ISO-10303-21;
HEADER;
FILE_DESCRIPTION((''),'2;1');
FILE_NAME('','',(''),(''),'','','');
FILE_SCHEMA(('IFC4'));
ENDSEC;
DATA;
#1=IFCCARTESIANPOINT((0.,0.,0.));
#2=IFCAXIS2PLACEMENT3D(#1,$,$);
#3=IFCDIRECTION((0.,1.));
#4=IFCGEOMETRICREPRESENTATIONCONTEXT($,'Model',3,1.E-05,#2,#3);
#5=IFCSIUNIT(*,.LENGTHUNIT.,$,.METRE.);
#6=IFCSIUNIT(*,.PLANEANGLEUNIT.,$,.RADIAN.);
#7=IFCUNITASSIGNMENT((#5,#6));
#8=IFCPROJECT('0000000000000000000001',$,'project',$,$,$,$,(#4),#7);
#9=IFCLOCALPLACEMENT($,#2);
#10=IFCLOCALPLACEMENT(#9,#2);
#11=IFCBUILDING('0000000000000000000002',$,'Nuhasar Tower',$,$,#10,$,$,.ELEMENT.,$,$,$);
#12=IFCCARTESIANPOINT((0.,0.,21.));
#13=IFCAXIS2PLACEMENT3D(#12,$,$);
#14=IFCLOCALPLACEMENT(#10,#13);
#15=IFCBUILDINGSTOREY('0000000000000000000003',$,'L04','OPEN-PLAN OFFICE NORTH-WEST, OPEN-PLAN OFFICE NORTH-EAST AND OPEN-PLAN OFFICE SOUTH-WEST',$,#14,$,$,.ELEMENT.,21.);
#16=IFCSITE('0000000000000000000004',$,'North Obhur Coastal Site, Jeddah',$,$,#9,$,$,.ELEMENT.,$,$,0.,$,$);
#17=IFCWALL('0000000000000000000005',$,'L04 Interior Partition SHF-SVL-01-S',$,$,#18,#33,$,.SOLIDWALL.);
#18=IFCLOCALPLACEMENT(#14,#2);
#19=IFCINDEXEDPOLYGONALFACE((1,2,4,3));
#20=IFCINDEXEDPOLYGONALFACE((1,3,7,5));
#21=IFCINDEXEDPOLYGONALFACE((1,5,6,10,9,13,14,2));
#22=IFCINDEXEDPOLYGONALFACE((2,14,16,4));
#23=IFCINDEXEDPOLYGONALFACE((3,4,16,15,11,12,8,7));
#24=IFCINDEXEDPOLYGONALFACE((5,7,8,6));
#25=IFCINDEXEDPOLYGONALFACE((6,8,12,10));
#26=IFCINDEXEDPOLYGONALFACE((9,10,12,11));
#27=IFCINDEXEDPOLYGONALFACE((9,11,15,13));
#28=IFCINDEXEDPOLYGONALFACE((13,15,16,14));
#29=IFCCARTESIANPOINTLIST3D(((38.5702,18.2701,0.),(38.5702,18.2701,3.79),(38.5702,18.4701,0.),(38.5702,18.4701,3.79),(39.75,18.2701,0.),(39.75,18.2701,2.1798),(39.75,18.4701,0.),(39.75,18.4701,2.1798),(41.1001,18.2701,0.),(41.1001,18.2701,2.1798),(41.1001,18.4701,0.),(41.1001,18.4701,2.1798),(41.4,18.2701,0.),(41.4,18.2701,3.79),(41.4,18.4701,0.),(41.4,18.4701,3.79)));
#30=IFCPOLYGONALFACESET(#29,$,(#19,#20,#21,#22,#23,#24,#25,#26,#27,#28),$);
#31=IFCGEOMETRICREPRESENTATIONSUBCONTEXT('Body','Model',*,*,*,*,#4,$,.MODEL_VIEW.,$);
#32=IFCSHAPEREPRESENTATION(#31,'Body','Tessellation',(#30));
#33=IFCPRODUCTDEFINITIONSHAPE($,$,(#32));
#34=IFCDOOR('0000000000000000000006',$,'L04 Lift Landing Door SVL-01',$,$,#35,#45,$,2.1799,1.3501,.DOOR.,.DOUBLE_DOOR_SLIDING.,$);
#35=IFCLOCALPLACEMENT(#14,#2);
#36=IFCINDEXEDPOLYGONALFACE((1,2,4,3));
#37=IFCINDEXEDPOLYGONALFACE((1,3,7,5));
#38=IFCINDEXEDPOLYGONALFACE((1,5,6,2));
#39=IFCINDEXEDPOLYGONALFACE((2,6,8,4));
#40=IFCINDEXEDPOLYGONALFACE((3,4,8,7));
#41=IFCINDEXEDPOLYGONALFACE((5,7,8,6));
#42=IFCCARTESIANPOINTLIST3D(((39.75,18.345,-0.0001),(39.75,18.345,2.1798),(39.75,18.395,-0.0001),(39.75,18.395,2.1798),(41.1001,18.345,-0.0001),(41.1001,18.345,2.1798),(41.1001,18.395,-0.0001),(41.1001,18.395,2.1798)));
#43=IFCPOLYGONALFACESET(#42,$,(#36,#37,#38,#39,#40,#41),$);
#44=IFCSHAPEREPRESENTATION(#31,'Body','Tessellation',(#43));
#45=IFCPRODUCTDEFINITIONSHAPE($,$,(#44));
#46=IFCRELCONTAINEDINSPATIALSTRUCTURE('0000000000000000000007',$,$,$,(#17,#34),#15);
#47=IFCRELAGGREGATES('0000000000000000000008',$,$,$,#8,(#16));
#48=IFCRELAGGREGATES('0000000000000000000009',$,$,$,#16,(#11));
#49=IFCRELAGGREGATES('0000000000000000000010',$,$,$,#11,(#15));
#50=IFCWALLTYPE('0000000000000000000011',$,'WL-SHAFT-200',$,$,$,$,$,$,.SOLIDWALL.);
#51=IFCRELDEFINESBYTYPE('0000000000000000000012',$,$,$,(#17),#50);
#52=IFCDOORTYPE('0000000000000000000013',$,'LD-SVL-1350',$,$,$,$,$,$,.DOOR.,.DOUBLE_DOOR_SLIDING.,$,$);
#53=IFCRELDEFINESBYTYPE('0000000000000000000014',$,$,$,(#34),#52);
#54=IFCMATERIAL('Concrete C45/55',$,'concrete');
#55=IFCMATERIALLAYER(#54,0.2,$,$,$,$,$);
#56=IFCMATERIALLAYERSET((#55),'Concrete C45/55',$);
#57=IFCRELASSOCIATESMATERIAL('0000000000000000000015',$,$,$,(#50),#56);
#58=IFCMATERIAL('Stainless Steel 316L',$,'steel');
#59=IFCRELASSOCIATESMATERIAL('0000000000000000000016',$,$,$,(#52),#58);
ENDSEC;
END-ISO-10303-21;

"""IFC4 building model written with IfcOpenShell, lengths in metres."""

from ifc_helpers import new_model, si_unit, direction, frame, frame_2d, origin, place, context, subcontext, project, spatial, rectangle, extrude, material, layer, layer_set, type_object, element, fill, save


model = new_model("IFC4")

# Units and contexts
model_context = context("Model", 3, precision=1e-05, world=origin(), true_north=direction((0.0, 1.0)))
body_context = subcontext(model_context, "Body", "Model", "MODEL_VIEW")
ifc_project = project(units=[si_unit("LENGTHUNIT", "METRE"), si_unit("PLANEANGLEUNIT", "RADIAN")], contexts=[model_context])

# Site, building, storey
site_placement = place(None, origin())
site = spatial("IfcSite", under=ifc_project, at=site_placement, Name="North Obhur Coastal Site, Jeddah", CompositionType="ELEMENT", RefElevation=0.0)
building_placement = place(site_placement, origin())
building = spatial("IfcBuilding", under=site, at=building_placement, Name="Nuhasar Tower", CompositionType="ELEMENT")
storey_placement = place(building_placement, frame((0.0, 0.0, 21.0)))
storey = spatial("IfcBuildingStorey", under=building, at=storey_placement, Name="L04", Description="OPEN-PLAN OFFICE NORTH-WEST, OPEN-PLAN OFFICE NORTH-EAST AND OPEN-PLAN OFFICE SOUTH-WEST", CompositionType="ELEMENT", Elevation=21.0)

# Shared definitions
ifc_material_1 = material(Name="Concrete C45/55", Category="concrete")

# Shared definitions
ifc_layer_1 = layer(ifc_material_1, 0.2)
ifc_layer_set_1 = layer_set([ifc_layer_1], Name="Concrete C45/55")
wall_type_1 = type_object("IfcWallType", Name="WL-SHAFT-200", PredefinedType="SOLIDWALL", material=ifc_layer_set_1)

# Shared definitions
ifc_material_2 = material(Name="Stainless Steel 316L", Category="steel")

# Wall, opening, door
wall_1_placement = place(storey_placement, frame((38.5701, 18.3701, 0.0), z_axis=(0.0, 0.0, 1.0), x_axis=(1.0, 0.0, 0.0)))
wall_1 = element("IfcWall", 1, at=wall_1_placement, inside=storey, type_object=wall_type_1, Name="L04 Interior Partition SHF-SVL-01-S", PredefinedType="SOLIDWALL", context=body_context, shape_type="SweptSolid", body=[
    extrude(rectangle(XDim=2.8298, YDim=0.2, at=frame_2d((1.415, 0.0))), origin(), (0.0, 0.0, 1.0), 3.79),
])
opening_1_placement = place(wall_1_placement, frame((1.1799, 0.0, 0.0)))
opening_1 = element("IfcOpeningElement", 2, at=opening_1_placement, cuts=wall_1, PredefinedType="OPENING", context=body_context, shape_type="SweptSolid", body=[
    extrude(rectangle(XDim=1.3501, YDim=2.1799, at=frame_2d((0.675, 1.0898))), frame((0.0, 0.1099, 0.0), z_axis=(0.0, -1.0, 0.0), x_axis=(1.0, 0.0, 0.0)), (0.0, 0.0, 1.0), 0.22),
])
door_type_1 = type_object("IfcDoorType", Name="LD-SVL-1350", OperationType="DOUBLE_DOOR_SLIDING", PredefinedType="DOOR", material=ifc_material_2)
door_1_placement = place(opening_1_placement, origin())
door_1 = element("IfcDoor", 3, at=door_1_placement, inside=storey, type_object=door_type_1, Name="L04 Lift Landing Door SVL-01", OperationType="DOUBLE_DOOR_SLIDING", OverallHeight=2.1799, OverallWidth=1.3501, PredefinedType="DOOR", context=body_context, shape_type="SweptSolid", body=[
    extrude(rectangle(XDim=1.3501, YDim=2.1799, at=frame_2d((0.675, 1.0898))), frame((0.0, 0.0249, 0.0), z_axis=(0.0, -1.0, 0.0), x_axis=(1.0, 0.0, 0.0)), (0.0, 0.0, 1.0), 0.05),
])
fill(opening_1, door_1)

save(model, "model.ifc")
